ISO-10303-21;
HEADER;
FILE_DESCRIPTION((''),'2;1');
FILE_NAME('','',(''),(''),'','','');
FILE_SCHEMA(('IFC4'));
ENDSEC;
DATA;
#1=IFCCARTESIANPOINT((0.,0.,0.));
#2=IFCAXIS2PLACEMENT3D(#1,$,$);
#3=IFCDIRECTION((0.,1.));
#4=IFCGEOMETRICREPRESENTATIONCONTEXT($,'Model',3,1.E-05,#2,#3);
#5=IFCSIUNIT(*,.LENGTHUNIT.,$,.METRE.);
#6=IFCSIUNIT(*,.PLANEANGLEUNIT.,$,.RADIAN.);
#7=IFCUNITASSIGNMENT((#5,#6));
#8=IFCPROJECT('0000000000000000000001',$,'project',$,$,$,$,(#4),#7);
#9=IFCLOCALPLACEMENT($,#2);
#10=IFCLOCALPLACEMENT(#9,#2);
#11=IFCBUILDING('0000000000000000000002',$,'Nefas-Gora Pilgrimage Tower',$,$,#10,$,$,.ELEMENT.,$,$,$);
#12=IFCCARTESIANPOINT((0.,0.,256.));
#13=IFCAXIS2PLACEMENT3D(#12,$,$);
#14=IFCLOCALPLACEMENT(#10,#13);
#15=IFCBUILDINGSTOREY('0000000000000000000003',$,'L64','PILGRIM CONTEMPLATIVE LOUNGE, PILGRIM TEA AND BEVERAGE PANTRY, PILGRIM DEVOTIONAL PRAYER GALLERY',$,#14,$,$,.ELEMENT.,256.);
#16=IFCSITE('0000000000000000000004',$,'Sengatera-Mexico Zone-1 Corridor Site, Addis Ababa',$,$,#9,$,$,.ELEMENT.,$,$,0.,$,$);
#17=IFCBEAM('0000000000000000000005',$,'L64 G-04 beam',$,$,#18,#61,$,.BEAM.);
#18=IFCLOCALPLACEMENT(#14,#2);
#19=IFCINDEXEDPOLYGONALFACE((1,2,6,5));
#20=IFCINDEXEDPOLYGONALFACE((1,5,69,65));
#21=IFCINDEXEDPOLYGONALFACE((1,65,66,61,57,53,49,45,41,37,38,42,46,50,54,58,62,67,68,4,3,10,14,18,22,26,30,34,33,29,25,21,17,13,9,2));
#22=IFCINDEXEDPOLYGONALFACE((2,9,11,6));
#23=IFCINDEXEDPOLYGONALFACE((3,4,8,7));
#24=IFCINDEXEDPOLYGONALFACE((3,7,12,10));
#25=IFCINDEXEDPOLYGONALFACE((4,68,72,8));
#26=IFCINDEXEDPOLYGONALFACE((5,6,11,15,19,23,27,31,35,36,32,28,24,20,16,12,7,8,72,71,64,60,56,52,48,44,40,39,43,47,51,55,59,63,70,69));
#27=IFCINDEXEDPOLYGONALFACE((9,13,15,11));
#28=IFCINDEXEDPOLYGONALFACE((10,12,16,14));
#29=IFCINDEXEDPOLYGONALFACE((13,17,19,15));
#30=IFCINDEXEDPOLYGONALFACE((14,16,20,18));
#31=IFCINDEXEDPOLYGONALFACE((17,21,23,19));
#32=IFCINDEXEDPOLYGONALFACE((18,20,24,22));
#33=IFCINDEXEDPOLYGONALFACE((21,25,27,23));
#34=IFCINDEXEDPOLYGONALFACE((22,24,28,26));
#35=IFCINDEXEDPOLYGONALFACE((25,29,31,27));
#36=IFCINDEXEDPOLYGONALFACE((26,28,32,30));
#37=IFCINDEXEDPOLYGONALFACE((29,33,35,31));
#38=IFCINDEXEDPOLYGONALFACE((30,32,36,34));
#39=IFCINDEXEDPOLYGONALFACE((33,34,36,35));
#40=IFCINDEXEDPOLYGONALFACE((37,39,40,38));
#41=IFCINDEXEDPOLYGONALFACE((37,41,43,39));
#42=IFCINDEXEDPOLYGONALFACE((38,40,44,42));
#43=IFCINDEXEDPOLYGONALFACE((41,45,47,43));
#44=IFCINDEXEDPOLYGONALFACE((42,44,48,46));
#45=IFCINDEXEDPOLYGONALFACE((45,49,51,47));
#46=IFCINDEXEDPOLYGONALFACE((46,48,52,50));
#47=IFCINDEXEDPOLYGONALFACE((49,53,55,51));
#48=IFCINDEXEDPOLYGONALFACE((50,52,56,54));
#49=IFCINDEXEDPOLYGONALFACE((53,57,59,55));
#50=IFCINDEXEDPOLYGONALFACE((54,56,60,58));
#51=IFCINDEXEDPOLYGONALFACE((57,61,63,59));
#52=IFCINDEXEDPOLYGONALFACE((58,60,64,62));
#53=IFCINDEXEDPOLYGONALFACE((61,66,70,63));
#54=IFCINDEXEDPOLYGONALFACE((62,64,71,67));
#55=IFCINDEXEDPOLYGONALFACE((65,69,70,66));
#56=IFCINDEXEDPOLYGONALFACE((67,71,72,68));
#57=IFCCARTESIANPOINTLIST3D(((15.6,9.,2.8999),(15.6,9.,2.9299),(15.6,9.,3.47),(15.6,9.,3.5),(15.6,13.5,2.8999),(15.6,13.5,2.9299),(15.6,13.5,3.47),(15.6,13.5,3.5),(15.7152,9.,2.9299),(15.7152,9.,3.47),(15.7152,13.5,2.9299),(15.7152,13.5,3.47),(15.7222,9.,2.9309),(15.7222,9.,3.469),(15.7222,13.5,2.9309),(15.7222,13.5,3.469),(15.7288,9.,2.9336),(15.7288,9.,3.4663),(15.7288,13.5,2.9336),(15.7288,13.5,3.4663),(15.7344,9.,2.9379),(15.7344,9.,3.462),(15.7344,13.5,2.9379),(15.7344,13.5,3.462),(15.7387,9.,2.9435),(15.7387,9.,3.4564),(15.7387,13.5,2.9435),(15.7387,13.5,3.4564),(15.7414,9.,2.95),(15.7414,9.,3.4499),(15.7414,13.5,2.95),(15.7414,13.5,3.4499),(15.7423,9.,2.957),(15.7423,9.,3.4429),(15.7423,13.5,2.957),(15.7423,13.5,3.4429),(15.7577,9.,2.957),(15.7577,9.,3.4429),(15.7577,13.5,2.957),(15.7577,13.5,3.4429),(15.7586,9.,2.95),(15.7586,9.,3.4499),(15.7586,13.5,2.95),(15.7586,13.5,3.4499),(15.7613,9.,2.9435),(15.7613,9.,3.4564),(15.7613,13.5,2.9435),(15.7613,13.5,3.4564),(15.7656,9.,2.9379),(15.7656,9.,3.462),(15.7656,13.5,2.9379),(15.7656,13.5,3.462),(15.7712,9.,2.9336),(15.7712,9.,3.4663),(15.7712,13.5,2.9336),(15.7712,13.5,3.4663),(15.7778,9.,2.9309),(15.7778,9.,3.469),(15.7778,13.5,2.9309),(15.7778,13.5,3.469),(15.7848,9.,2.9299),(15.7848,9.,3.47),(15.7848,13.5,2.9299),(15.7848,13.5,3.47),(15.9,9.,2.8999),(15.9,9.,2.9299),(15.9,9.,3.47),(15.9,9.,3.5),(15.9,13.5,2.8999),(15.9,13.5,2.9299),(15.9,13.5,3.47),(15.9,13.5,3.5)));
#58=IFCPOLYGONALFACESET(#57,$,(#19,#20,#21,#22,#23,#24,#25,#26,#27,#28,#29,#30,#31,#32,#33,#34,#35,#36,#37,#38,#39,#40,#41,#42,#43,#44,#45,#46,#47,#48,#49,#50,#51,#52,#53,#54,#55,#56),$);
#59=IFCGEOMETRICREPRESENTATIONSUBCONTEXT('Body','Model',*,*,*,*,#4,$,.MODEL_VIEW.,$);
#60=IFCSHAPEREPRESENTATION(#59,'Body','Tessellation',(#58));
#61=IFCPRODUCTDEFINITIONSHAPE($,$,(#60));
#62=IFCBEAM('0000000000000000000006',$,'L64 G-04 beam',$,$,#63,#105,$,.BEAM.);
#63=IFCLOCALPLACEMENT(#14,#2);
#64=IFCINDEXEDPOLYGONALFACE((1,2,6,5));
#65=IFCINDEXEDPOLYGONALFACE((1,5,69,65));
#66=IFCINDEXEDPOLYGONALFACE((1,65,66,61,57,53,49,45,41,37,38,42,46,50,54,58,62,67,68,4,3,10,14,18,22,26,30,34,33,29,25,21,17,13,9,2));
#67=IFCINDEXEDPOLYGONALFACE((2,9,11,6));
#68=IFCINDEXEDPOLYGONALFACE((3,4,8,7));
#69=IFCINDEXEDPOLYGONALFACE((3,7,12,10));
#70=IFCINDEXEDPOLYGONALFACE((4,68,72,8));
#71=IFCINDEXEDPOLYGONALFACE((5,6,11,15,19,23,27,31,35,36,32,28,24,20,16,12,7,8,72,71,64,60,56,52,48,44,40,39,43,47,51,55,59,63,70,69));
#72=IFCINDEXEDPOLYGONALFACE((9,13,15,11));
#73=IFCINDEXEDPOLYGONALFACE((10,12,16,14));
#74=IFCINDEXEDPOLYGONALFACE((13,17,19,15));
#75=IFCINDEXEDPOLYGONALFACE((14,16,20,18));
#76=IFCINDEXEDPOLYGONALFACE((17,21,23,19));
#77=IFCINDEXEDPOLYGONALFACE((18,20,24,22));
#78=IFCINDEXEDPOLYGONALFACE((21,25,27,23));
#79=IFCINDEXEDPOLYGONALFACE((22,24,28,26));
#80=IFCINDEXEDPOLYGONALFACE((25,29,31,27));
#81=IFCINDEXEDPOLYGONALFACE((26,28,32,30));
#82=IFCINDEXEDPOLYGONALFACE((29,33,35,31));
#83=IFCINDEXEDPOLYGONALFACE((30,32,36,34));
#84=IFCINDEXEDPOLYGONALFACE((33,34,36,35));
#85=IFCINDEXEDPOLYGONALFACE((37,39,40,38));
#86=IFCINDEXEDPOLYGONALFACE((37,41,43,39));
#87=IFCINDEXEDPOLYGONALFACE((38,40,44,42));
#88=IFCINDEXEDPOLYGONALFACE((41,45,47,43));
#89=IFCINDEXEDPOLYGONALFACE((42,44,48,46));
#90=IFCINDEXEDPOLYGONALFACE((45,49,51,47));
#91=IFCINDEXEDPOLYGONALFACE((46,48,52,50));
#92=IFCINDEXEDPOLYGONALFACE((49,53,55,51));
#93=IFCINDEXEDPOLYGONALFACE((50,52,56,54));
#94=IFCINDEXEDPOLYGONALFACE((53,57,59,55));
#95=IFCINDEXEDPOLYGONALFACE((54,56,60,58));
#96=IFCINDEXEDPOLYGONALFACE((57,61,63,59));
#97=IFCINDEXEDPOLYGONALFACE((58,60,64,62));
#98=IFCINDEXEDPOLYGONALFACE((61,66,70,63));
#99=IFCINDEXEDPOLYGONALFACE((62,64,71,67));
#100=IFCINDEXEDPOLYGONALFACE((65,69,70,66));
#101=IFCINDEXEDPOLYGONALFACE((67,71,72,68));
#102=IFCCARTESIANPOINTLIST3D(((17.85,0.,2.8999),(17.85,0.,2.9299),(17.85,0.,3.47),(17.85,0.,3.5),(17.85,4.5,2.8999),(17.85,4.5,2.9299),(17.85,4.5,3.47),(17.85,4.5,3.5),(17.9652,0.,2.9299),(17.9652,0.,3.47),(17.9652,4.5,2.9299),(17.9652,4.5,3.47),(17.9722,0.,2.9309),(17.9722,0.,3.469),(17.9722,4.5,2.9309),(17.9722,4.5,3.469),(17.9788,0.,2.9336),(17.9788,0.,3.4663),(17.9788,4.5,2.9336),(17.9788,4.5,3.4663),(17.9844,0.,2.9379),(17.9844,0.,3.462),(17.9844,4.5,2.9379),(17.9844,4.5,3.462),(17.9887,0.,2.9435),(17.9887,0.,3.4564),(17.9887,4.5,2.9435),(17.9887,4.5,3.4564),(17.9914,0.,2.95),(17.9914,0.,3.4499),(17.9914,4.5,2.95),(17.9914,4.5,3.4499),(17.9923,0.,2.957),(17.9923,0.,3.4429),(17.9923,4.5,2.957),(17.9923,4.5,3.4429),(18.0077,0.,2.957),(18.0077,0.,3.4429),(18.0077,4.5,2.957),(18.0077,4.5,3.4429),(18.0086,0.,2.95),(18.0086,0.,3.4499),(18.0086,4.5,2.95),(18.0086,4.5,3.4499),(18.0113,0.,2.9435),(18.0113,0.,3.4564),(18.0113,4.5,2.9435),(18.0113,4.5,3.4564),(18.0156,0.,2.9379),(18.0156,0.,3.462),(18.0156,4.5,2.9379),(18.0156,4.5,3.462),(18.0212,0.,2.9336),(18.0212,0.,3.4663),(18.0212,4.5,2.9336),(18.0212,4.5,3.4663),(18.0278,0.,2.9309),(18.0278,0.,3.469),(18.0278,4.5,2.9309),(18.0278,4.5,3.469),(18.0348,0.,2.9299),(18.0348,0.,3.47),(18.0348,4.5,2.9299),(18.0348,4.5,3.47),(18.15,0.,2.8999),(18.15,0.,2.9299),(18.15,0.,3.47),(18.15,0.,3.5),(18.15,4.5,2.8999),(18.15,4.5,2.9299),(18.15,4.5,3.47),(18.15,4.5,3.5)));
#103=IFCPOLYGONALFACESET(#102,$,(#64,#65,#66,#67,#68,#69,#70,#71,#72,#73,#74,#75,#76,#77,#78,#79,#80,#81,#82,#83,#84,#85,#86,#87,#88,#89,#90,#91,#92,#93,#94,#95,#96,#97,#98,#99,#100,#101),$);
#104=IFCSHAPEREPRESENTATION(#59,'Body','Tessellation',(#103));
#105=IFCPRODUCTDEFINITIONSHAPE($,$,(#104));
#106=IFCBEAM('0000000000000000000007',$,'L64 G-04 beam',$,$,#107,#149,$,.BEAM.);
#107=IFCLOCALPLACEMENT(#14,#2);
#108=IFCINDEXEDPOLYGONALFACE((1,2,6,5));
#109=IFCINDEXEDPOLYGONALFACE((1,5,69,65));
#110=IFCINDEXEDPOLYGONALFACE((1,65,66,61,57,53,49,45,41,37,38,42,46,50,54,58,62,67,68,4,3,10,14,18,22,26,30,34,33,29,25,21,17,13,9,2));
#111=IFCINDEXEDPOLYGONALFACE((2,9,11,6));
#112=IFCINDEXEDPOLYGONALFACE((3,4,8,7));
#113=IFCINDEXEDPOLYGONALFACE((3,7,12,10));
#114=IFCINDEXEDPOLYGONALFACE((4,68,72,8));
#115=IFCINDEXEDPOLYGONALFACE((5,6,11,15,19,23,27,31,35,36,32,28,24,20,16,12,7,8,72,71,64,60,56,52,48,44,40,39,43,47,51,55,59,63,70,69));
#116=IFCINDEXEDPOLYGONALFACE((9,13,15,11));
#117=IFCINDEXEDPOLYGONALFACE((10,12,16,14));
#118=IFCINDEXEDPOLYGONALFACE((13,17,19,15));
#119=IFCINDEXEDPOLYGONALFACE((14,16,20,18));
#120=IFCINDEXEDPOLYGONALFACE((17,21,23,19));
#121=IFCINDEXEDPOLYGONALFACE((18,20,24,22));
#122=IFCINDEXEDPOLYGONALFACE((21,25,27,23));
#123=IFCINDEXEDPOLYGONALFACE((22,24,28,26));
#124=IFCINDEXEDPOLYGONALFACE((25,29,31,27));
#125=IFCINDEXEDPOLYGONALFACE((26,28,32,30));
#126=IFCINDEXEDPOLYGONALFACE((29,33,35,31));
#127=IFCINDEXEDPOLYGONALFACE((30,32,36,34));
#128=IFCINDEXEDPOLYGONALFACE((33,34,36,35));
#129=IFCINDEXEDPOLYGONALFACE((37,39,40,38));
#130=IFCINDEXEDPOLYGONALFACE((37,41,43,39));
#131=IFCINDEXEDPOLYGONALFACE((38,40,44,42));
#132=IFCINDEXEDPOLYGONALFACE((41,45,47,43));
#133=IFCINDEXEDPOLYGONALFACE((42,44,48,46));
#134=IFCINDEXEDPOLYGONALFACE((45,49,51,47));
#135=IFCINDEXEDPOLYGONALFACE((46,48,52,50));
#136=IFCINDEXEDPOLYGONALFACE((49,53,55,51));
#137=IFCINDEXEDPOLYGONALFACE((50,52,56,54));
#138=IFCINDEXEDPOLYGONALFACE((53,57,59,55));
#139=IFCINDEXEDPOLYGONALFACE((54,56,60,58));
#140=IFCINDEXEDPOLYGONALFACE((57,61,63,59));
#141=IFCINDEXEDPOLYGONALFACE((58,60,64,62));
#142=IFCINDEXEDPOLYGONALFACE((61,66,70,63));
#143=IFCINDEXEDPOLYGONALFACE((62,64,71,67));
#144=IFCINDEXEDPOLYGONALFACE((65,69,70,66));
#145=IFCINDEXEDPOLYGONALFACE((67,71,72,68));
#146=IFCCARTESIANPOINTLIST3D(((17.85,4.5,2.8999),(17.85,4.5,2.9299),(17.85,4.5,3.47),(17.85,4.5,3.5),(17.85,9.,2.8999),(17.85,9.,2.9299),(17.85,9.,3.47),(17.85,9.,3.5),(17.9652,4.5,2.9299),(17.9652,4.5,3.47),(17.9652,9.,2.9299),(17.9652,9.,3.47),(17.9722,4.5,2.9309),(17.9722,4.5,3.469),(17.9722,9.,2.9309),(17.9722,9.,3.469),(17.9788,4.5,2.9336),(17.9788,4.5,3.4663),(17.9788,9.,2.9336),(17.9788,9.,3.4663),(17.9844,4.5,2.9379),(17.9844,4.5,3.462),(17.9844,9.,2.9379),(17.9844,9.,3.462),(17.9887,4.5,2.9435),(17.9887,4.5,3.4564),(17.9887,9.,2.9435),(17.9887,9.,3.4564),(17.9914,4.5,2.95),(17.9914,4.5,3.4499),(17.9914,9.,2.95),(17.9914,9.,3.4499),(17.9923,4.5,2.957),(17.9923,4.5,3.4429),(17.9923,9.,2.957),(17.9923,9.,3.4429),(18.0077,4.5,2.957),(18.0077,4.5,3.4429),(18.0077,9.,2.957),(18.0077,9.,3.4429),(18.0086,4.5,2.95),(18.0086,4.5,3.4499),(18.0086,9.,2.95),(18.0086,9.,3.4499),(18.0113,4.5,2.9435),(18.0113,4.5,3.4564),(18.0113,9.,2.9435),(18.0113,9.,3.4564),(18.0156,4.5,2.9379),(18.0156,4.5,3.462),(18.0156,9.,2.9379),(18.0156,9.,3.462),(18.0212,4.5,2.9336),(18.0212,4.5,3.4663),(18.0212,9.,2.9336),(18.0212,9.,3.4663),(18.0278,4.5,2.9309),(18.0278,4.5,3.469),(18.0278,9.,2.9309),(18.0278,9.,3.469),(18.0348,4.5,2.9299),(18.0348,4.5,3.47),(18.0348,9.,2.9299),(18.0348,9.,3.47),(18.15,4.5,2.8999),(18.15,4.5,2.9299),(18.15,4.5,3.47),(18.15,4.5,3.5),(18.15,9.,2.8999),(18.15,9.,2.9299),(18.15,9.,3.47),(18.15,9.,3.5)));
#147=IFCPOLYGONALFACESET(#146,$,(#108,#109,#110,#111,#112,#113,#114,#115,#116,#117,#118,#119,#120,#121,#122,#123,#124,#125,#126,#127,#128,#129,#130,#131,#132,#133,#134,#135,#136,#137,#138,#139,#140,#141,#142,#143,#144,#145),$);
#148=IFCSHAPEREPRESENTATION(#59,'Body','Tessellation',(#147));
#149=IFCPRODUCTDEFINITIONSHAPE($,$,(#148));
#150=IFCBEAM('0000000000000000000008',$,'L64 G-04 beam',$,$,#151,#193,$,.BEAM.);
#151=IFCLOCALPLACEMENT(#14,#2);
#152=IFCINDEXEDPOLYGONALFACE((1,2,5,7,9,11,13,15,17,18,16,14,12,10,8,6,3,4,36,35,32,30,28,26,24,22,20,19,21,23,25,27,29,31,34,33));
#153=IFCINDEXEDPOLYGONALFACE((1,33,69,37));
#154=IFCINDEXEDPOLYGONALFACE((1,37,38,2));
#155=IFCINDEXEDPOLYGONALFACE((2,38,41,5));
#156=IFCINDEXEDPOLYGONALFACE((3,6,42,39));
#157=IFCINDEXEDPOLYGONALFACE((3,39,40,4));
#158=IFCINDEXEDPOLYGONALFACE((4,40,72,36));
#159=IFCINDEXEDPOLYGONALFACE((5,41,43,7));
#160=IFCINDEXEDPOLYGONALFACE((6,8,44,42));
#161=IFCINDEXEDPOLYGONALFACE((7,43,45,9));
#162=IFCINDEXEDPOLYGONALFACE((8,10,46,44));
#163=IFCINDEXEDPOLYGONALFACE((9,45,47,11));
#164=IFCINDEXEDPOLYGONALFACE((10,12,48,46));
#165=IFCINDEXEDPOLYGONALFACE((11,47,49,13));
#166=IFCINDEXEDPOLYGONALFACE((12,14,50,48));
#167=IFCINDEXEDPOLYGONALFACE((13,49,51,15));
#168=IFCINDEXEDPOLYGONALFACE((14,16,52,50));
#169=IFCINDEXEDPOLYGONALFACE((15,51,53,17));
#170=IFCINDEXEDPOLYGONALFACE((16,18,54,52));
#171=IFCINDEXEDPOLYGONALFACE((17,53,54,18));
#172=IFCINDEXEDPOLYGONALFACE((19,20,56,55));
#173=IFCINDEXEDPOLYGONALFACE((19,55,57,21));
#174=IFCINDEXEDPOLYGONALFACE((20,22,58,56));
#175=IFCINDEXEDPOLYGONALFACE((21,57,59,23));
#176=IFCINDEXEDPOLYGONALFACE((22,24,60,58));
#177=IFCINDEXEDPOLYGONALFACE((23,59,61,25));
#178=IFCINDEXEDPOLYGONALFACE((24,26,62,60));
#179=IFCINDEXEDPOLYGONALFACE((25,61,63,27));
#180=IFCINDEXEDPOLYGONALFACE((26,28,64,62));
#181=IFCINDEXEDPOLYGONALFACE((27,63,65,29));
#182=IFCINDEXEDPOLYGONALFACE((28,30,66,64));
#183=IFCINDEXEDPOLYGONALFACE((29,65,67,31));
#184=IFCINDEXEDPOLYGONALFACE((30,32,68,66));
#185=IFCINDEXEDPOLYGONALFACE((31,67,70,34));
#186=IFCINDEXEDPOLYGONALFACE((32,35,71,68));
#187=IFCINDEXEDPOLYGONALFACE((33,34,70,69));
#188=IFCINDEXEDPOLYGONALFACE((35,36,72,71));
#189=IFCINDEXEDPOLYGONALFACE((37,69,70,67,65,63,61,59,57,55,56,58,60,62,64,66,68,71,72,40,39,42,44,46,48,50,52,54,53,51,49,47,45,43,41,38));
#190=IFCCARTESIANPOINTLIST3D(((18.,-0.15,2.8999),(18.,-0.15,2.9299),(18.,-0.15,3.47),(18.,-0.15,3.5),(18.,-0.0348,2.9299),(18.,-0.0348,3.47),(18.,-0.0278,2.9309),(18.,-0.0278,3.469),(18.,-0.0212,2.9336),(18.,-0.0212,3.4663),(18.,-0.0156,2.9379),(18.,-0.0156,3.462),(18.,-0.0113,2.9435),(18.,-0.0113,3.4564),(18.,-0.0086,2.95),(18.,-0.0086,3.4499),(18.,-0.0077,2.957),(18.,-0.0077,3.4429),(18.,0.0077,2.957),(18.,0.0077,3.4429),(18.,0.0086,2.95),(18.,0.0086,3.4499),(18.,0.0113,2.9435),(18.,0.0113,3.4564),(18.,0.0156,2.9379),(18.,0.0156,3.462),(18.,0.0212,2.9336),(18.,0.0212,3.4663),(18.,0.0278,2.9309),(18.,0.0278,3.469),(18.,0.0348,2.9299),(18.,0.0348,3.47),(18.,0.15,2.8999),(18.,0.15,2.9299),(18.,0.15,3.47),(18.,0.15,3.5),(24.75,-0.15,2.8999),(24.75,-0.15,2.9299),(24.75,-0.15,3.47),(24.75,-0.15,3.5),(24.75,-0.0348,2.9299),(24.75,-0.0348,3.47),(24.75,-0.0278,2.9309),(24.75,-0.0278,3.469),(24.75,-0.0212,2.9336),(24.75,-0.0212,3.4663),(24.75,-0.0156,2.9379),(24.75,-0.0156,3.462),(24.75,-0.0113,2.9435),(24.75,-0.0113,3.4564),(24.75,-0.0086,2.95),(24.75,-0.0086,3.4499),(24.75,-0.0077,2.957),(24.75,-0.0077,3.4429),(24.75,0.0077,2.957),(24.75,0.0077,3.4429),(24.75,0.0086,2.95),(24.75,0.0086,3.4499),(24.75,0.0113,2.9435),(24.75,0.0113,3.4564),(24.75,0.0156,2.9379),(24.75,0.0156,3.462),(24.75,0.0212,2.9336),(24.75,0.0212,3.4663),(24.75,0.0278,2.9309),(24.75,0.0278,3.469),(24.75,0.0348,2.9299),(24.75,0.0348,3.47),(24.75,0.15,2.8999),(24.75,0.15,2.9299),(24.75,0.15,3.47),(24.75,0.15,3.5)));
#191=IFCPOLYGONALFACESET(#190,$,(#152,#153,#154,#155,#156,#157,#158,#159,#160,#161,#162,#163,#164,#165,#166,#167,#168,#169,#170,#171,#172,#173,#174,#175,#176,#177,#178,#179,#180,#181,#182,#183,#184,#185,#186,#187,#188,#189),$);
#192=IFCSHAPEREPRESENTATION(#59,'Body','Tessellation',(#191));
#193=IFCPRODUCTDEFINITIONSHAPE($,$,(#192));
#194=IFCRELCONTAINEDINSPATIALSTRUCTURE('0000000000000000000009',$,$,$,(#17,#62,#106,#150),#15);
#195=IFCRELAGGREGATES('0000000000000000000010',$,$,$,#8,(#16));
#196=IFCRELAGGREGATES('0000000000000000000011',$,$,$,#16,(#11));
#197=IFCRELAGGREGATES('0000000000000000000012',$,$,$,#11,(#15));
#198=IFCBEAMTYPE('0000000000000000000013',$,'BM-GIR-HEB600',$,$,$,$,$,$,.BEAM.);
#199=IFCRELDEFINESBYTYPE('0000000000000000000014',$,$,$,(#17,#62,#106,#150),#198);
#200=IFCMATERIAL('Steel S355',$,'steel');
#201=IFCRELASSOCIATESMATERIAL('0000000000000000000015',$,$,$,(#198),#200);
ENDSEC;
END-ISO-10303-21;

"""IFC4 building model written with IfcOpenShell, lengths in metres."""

from ifc_helpers import new_model, si_unit, direction, frame, origin, origin_2d, place, context, subcontext, project, spatial, i_section, extrude, source, transform, mapped, material, material_profile, profile_set, type_object, element, save


model = new_model("IFC4")

# Units and contexts
model_context = context("Model", 3, precision=1e-05, world=origin(), true_north=direction((0.0, 1.0)))
body_context = subcontext(model_context, "Body", "Model", "MODEL_VIEW")
ifc_project = project(units=[si_unit("LENGTHUNIT", "METRE"), si_unit("PLANEANGLEUNIT", "RADIAN")], contexts=[model_context])

# Site, building, storey
site_placement = place(None, origin())
site = spatial("IfcSite", under=ifc_project, at=site_placement, Name="Sengatera-Mexico Zone-1 Corridor Site, Addis Ababa", CompositionType="ELEMENT", RefElevation=0.0)
building_placement = place(site_placement, origin())
building = spatial("IfcBuilding", under=site, at=building_placement, Name="Nefas-Gora Pilgrimage Tower", CompositionType="ELEMENT")
storey_placement = place(building_placement, frame((0.0, 0.0, 256.0)))
storey = spatial("IfcBuildingStorey", under=building, at=storey_placement, Name="L64", Description="PILGRIM CONTEMPLATIVE LOUNGE, PILGRIM TEA AND BEVERAGE PANTRY, PILGRIM DEVOTIONAL PRAYER GALLERY", CompositionType="ELEMENT", Elevation=256.0)

# Beams
ifc_material_1 = material(Name="Steel S355", Category="steel")
ifc_material_profile_1 = material_profile(ifc_material_1, i_section(OverallWidth=0.3, OverallDepth=0.6001, WebThickness=0.0154, FlangeThickness=0.03, FilletRadius=0.0271, at=origin_2d()), Name="HEB 600")
ifc_profile_set_1 = profile_set([ifc_material_profile_1], Name="Steel S355")
beam_type_1 = type_object("IfcBeamType", Name="BM-GIR-HEB600", PredefinedType="BEAM", material=ifc_profile_set_1)
shared_shape_1 = source(origin(), body_context, "Body", "SweptSolid", [
    extrude(i_section(OverallWidth=0.3, OverallDepth=0.6001, WebThickness=0.0154, FlangeThickness=0.03, FilletRadius=0.0271, at=origin_2d()), origin(), (0.0, 0.0, 1.0), 4.5),
])
for number, where, z_axis, x_axis, name in (
    (1, (15.75, 9.0, 3.2), (0.0, 1.0, 0.0), (-1.0, 0.0, 0.0), "L64 G-04 beam"),
    (2, (18.0, 0.0, 3.2), (0.0, 1.0, 0.0), (-1.0, 0.0, 0.0), "L64 G-04 beam"),
    (3, (18.0, 4.5, 3.2), (0.0, 1.0, 0.0), (-1.0, 0.0, 0.0), "L64 G-04 beam"),
):
    element("IfcBeam", number, at=place(storey_placement, frame(where, z_axis=z_axis, x_axis=x_axis)), inside=storey, type_object=beam_type_1, Name=name, PredefinedType="BEAM", context=body_context, shape_type="MappedRepresentation", body=[
        mapped(shared_shape_1, transform((0.0, 0.0, 0.0), x_axis=(1.0, 0.0, 0.0), y_axis=(0.0, 1.0, 0.0), z_axis=(0.0, 0.0, 1.0), scale=1.0)),
    ])
shared_shape_2 = source(origin(), body_context, "Body", "SweptSolid", [
    extrude(i_section(OverallWidth=0.3, OverallDepth=0.6001, WebThickness=0.0154, FlangeThickness=0.03, FilletRadius=0.0271, at=origin_2d()), origin(), (0.0, 0.0, 1.0), 6.75),
])
for number, where, z_axis, x_axis, name in (
    (4, (18.0, 0.0, 3.2), (1.0, 0.0, 0.0), (0.0, 1.0, 0.0), "L64 G-04 beam"),
):
    element("IfcBeam", number, at=place(storey_placement, frame(where, z_axis=z_axis, x_axis=x_axis)), inside=storey, type_object=beam_type_1, Name=name, PredefinedType="BEAM", context=body_context, shape_type="MappedRepresentation", body=[
        mapped(shared_shape_2, transform((0.0, 0.0, 0.0), x_axis=(1.0, 0.0, 0.0), y_axis=(0.0, 1.0, 0.0), z_axis=(0.0, 0.0, 1.0), scale=1.0)),
    ])

save(model, "model.ifc")
